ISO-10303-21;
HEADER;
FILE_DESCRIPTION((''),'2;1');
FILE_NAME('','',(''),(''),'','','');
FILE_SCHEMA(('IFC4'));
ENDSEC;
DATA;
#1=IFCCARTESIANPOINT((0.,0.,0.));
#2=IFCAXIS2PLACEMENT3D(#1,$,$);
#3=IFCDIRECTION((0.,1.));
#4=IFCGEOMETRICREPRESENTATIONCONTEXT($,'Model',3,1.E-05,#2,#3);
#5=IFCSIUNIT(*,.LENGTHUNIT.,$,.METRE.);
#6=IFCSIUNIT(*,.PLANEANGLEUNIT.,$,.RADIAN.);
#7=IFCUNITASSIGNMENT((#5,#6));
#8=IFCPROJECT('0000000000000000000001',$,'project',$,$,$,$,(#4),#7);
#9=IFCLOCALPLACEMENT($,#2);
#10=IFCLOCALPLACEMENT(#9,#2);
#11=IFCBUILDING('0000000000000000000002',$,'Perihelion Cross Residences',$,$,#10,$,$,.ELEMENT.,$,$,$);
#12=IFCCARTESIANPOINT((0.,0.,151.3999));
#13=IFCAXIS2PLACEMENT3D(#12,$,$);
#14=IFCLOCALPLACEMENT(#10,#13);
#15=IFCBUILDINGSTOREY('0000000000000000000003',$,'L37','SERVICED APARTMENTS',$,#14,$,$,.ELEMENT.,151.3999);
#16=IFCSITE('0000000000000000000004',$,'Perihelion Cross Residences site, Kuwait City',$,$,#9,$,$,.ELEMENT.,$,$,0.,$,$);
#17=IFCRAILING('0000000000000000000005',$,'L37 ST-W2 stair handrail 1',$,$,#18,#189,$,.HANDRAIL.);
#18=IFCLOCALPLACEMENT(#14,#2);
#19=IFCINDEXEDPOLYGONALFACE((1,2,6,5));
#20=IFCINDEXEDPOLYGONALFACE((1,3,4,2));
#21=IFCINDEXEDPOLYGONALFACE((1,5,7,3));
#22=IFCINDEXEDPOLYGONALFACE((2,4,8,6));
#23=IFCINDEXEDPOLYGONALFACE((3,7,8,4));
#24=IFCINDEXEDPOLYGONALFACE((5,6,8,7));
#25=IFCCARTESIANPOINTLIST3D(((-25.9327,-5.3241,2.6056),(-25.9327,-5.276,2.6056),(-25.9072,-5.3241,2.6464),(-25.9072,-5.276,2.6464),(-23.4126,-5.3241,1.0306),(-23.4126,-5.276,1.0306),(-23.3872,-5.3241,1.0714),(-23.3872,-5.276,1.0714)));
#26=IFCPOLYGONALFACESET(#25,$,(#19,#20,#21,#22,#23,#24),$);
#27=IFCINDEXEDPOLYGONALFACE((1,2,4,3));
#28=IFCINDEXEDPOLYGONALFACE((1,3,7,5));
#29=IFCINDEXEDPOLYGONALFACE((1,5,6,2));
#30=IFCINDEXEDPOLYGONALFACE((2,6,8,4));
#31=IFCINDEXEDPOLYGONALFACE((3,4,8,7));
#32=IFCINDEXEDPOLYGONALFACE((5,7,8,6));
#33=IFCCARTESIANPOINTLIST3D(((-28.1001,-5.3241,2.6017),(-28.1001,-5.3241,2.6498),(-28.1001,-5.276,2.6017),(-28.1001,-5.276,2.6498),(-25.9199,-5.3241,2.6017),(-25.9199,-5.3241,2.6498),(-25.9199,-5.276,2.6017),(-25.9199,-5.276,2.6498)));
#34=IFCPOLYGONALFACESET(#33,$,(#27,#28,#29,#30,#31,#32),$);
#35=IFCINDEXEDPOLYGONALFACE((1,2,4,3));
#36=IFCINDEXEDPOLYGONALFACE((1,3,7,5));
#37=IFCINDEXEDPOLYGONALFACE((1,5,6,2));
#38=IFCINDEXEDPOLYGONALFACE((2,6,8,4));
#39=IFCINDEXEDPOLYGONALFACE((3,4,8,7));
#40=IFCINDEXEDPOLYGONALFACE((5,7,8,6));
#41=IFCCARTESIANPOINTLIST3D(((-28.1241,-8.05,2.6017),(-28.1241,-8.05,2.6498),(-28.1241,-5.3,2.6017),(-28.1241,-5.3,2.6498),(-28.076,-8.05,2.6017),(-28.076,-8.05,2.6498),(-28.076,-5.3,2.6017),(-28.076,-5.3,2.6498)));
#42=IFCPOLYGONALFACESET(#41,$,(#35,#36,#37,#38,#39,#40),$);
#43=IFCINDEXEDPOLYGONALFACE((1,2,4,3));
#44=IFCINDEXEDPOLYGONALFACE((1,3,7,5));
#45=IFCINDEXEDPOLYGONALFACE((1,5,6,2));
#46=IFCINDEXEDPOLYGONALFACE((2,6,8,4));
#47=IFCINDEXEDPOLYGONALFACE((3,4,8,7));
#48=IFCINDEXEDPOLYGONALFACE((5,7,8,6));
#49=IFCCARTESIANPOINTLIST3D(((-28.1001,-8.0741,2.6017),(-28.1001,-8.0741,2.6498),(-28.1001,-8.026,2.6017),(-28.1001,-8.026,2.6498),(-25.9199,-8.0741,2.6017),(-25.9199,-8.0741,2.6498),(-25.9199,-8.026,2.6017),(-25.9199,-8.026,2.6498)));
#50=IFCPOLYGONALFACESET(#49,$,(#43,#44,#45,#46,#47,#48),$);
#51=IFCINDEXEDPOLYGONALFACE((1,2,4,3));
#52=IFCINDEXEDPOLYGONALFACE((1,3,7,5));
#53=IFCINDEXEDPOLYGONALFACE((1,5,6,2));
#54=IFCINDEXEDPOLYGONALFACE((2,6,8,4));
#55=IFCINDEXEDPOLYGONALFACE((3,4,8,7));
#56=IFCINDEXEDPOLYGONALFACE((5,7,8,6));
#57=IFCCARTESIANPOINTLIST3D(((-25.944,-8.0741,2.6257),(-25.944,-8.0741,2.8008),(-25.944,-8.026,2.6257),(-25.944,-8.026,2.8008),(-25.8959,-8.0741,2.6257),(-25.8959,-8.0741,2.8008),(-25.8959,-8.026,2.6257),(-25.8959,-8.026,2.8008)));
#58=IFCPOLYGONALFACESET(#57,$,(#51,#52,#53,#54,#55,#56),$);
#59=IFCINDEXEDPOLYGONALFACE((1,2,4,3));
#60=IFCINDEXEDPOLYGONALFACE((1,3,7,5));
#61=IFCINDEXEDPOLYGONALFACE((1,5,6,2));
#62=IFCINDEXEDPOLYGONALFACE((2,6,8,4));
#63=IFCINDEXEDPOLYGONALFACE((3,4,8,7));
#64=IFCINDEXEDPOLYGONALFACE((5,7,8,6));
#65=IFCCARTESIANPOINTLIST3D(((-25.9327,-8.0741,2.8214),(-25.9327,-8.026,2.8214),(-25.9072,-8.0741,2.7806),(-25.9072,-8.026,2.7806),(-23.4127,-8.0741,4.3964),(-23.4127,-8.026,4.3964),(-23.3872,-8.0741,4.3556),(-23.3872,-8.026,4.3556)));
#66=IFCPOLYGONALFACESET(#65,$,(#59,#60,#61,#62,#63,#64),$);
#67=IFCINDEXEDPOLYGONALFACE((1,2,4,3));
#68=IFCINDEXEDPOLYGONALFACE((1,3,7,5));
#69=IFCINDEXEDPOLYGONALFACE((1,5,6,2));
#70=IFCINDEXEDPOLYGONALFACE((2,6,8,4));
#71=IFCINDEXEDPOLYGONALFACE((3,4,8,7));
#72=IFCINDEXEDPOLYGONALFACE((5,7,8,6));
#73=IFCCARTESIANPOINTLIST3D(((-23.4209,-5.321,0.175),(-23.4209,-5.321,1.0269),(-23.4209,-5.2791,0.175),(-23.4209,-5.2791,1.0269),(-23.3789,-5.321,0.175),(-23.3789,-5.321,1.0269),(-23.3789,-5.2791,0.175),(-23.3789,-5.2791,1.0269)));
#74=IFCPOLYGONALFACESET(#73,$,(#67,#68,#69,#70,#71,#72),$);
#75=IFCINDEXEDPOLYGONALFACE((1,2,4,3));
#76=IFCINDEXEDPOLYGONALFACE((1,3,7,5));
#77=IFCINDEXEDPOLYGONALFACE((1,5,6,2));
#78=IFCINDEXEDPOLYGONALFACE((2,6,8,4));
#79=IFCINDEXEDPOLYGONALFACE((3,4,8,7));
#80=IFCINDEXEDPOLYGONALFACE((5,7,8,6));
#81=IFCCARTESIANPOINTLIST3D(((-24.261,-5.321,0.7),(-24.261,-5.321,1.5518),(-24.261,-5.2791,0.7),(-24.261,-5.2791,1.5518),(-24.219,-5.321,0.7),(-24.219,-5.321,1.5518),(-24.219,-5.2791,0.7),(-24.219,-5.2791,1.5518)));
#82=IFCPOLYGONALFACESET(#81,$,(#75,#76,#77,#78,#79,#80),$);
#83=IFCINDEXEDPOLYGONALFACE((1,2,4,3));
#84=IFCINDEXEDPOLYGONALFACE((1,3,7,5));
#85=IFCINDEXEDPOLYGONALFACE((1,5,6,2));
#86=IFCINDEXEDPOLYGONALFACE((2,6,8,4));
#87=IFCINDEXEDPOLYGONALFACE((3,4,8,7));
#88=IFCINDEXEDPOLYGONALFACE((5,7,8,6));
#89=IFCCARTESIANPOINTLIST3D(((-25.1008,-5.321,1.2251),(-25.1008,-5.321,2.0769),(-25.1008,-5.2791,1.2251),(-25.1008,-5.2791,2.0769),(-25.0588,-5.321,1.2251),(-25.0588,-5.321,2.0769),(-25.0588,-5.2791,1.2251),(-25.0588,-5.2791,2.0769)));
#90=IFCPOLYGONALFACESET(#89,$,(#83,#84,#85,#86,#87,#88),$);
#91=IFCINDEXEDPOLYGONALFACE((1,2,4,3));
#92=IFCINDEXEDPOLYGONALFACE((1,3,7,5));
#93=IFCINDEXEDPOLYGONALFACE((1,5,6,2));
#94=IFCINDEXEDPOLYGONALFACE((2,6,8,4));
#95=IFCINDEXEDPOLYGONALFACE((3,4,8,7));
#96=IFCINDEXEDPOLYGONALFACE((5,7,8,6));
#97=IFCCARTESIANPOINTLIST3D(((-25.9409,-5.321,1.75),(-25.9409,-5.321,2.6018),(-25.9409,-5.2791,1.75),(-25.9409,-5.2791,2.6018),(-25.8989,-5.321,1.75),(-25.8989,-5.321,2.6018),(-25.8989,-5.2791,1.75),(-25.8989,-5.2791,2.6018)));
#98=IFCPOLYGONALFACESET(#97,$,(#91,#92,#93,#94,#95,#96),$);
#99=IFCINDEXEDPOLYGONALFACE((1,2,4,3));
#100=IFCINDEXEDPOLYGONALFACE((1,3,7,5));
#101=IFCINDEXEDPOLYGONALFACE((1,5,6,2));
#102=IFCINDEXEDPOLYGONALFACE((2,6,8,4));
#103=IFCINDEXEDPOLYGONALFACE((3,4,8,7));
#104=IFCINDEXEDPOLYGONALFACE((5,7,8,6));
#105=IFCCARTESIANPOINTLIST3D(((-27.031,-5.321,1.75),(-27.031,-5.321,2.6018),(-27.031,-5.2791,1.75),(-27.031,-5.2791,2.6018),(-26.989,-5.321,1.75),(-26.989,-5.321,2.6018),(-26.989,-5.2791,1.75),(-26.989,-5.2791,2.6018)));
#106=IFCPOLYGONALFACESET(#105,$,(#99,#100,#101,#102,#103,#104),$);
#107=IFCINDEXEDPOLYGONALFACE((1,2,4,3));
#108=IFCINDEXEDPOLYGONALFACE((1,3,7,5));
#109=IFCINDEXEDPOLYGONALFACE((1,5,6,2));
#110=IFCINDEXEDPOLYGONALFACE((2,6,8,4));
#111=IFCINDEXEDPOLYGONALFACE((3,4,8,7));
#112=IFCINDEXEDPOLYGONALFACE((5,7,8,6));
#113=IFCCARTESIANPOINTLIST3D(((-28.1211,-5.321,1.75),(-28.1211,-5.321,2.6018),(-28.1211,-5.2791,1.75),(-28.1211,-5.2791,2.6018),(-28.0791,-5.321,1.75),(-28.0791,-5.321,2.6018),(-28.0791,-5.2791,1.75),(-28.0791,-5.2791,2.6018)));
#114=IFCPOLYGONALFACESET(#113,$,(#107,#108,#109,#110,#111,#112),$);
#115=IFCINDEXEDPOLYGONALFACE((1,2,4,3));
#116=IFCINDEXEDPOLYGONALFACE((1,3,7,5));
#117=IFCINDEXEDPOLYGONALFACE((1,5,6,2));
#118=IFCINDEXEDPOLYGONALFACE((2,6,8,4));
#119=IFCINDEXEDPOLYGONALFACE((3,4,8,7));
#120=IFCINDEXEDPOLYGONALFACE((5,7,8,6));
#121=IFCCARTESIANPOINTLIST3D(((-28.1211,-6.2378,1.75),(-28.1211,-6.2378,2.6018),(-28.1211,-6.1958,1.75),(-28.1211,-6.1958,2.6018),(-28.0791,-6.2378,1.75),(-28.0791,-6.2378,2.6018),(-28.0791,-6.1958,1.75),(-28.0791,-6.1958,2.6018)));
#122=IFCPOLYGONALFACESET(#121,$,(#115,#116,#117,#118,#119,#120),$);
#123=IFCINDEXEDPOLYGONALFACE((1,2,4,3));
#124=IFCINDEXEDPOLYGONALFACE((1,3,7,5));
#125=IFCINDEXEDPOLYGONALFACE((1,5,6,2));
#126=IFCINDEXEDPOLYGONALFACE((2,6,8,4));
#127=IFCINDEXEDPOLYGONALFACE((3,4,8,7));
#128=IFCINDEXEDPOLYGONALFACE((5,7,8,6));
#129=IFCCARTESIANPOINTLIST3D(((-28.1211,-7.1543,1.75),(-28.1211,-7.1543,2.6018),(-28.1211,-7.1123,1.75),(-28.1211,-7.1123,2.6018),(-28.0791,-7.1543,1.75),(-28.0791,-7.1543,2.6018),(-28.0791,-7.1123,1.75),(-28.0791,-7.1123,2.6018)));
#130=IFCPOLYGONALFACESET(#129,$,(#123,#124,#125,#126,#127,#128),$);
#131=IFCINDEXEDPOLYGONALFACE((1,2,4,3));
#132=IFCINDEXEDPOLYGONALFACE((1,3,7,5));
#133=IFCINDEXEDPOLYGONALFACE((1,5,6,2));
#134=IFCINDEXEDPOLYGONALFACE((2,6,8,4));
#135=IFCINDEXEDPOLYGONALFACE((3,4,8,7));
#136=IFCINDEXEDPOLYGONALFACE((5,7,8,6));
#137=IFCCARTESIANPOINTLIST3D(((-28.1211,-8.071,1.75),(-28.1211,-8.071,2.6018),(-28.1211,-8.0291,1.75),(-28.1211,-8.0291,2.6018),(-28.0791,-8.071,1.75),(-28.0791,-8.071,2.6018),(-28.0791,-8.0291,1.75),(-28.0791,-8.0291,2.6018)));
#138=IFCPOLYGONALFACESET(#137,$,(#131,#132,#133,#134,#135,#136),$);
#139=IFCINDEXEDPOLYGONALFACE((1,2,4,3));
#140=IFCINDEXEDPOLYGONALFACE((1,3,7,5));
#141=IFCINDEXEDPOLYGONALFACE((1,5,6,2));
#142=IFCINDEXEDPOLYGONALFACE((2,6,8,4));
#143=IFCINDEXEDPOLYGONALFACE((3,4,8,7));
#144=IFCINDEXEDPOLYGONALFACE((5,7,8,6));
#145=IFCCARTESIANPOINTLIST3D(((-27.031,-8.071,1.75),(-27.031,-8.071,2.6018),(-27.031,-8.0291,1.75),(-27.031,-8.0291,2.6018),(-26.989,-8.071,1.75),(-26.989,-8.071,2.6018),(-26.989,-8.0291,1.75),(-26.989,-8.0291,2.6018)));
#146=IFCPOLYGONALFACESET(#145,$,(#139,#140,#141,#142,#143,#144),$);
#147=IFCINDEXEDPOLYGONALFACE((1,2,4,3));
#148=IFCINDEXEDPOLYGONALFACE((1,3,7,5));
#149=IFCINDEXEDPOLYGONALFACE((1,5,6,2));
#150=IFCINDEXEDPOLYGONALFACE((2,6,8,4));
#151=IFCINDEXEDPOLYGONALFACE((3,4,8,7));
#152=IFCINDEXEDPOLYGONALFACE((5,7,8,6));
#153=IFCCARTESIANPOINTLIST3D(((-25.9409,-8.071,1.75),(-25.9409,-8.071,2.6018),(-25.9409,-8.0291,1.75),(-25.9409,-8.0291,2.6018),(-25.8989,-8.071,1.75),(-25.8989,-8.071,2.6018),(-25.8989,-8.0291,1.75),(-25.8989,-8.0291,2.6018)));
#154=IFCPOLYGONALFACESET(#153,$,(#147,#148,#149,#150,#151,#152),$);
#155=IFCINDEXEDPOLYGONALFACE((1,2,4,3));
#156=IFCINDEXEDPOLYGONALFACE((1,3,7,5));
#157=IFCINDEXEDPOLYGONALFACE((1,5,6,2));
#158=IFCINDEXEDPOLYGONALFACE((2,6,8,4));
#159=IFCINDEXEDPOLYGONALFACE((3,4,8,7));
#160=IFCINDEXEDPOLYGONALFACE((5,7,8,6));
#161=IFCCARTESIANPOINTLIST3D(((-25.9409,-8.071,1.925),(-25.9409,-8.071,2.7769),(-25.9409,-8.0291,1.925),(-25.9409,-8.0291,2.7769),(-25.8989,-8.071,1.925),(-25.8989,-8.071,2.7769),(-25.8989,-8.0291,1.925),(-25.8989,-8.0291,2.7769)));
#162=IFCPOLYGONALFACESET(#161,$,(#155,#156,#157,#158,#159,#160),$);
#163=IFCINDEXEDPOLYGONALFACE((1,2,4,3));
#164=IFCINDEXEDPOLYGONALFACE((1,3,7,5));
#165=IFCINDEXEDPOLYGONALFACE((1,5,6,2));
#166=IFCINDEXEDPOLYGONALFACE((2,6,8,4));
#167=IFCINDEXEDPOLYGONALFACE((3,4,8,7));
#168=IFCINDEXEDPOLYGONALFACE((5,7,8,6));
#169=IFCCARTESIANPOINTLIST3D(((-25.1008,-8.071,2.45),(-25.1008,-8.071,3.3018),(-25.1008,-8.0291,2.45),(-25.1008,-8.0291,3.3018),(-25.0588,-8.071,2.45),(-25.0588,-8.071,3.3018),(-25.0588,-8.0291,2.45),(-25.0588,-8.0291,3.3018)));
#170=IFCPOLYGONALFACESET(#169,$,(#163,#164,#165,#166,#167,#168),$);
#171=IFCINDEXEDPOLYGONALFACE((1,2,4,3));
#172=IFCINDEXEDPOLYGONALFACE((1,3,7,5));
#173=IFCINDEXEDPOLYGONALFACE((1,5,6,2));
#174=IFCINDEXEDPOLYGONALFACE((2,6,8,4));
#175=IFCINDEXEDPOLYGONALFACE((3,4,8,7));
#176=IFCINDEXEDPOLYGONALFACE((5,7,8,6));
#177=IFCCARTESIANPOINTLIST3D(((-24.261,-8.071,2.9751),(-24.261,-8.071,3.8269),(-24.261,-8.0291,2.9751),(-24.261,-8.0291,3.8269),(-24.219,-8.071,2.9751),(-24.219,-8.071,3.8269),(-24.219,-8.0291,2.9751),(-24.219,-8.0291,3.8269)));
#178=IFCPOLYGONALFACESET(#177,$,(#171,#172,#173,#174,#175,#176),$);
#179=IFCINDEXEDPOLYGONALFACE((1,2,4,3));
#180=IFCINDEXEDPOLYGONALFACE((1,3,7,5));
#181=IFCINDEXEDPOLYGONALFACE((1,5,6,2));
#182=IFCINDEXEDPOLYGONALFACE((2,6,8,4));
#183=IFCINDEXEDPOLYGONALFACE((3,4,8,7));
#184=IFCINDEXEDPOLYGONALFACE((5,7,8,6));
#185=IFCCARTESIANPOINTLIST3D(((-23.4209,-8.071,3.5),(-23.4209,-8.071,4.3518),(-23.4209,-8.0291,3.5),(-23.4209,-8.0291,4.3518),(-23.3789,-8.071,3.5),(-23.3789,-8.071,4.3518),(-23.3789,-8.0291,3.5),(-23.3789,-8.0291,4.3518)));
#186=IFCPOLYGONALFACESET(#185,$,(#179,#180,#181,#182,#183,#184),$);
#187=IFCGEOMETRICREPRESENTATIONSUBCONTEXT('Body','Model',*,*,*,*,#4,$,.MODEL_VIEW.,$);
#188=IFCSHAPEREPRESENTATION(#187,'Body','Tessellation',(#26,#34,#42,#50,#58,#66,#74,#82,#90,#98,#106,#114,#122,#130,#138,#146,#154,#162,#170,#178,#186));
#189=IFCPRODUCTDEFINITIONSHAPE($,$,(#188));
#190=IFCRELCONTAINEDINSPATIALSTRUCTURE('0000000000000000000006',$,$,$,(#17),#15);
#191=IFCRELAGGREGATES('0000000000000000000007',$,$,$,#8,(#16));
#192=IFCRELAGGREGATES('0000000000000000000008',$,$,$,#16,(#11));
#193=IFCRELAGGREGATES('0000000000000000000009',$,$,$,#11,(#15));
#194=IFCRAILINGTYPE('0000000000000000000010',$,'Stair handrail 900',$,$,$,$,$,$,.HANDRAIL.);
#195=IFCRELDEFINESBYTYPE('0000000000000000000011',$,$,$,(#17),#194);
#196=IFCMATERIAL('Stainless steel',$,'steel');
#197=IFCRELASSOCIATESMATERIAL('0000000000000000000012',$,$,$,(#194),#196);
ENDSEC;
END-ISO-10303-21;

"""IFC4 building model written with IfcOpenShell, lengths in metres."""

from ifc_helpers import new_model, si_unit, direction, frame, origin, origin_2d, place, context, subcontext, project, spatial, rectangle, extrude, material, type_object, element, save


model = new_model("IFC4")

# Units and contexts
model_context = context("Model", 3, precision=1e-05, world=origin(), true_north=direction((0.0, 1.0)))
body_context = subcontext(model_context, "Body", "Model", "MODEL_VIEW")
ifc_project = project(units=[si_unit("LENGTHUNIT", "METRE"), si_unit("PLANEANGLEUNIT", "RADIAN")], contexts=[model_context])

# Site, building, storey
site_placement = place(None, origin())
site = spatial("IfcSite", under=ifc_project, at=site_placement, Name="Perihelion Cross Residences site, Kuwait City", CompositionType="ELEMENT", RefElevation=0.0)
building_placement = place(site_placement, origin())
building = spatial("IfcBuilding", under=site, at=building_placement, Name="Perihelion Cross Residences", CompositionType="ELEMENT")
storey_placement = place(building_placement, frame((0.0, 0.0, 151.3999)))
storey = spatial("IfcBuildingStorey", under=building, at=storey_placement, Name="L37", Description="SERVICED APARTMENTS", CompositionType="ELEMENT", Elevation=151.3999)

# Railing
ifc_material_1 = material(Name="Stainless steel", Category="steel")
railing_type_1 = type_object("IfcRailingType", Name="Stair handrail 900", PredefinedType="HANDRAIL", material=ifc_material_1)
railing_1_placement = place(storey_placement, frame((-23.3999, -5.3, 0.175)))
element("IfcRailing", 1, at=railing_1_placement, inside=storey, type_object=railing_type_1, Name="L37 ST-W2 stair handrail 1", PredefinedType="HANDRAIL", context=body_context, shape_type="SweptSolid", body=[
    extrude(rectangle(XDim=0.0481, YDim=0.0481, at=origin_2d()), frame((0.0, 0.0, 0.876), z_axis=(-0.848008, 0.0, 0.529984), x_axis=(0.0, -1.0, 0.0)), (0.0, 0.0, 1.0), 2.9717),
    extrude(rectangle(XDim=0.0481, YDim=0.0481, at=origin_2d()), frame((-2.52, 0.0, 2.4507), z_axis=(-1.0, 0.0, 0.0), x_axis=(0.0, -1.0, 0.0)), (0.0, 0.0, 1.0), 2.1802),
    extrude(rectangle(XDim=0.0481, YDim=0.0481, at=origin_2d()), frame((-4.7002, 0.0, 2.4507), z_axis=(0.0, -1.0, 0.0), x_axis=(1.0, 0.0, 0.0)), (0.0, 0.0, 1.0), 2.75),
    extrude(rectangle(XDim=0.0481, YDim=0.0481, at=origin_2d()), frame((-4.7002, -2.75, 2.4507), z_axis=(1.0, 0.0, 0.0), x_axis=(0.0, 1.0, 0.0)), (0.0, 0.0, 1.0), 2.1802),
    extrude(rectangle(XDim=0.0481, YDim=0.0481, at=origin_2d()), frame((-2.52, -2.75, 2.4507), z_axis=(0.0, 0.0, 1.0), x_axis=(1.0, 0.0, 0.0)), (0.0, 0.0, 1.0), 0.175),
    extrude(rectangle(XDim=0.0481, YDim=0.0481, at=origin_2d()), frame((-2.52, -2.75, 2.626), z_axis=(0.848008, 0.0, 0.529984), x_axis=(0.0, 1.0, 0.0)), (0.0, 0.0, 1.0), 2.9717),
    extrude(rectangle(XDim=0.042, YDim=0.042, at=origin_2d()), origin(), (0.0, 0.0, 1.0), 0.8518),
    extrude(rectangle(XDim=0.042, YDim=0.042, at=origin_2d()), frame((-0.8401, 0.0, 0.5249)), (0.0, 0.0, 1.0), 0.8518),
    extrude(rectangle(XDim=0.042, YDim=0.042, at=origin_2d()), frame((-1.6799, 0.0, 1.05)), (0.0, 0.0, 1.0), 0.8518),
    extrude(rectangle(XDim=0.042, YDim=0.042, at=origin_2d()), frame((-2.52, 0.0, 1.575)), (0.0, 0.0, 1.0), 0.8518),
    extrude(rectangle(XDim=0.042, YDim=0.042, at=origin_2d()), frame((-3.6101, 0.0, 1.575)), (0.0, 0.0, 1.0), 0.8518),
    extrude(rectangle(XDim=0.042, YDim=0.042, at=origin_2d()), frame((-4.7002, 0.0, 1.575)), (0.0, 0.0, 1.0), 0.8518),
    extrude(rectangle(XDim=0.042, YDim=0.042, at=origin_2d()), frame((-4.7002, -0.9167, 1.575)), (0.0, 0.0, 1.0), 0.8518),
    extrude(rectangle(XDim=0.042, YDim=0.042, at=origin_2d()), frame((-4.7002, -1.8333, 1.575)), (0.0, 0.0, 1.0), 0.8518),
    extrude(rectangle(XDim=0.042, YDim=0.042, at=origin_2d()), frame((-4.7002, -2.75, 1.575)), (0.0, 0.0, 1.0), 0.8518),
    extrude(rectangle(XDim=0.042, YDim=0.042, at=origin_2d()), frame((-3.6101, -2.75, 1.575)), (0.0, 0.0, 1.0), 0.8518),
    extrude(rectangle(XDim=0.042, YDim=0.042, at=origin_2d()), frame((-2.52, -2.75, 1.575)), (0.0, 0.0, 1.0), 0.8518),
    extrude(rectangle(XDim=0.042, YDim=0.042, at=origin_2d()), frame((-2.52, -2.75, 1.75)), (0.0, 0.0, 1.0), 0.8518),
    extrude(rectangle(XDim=0.042, YDim=0.042, at=origin_2d()), frame((-1.6799, -2.75, 2.2749)), (0.0, 0.0, 1.0), 0.8518),
    extrude(rectangle(XDim=0.042, YDim=0.042, at=origin_2d()), frame((-0.8401, -2.75, 2.8)), (0.0, 0.0, 1.0), 0.8518),
    extrude(rectangle(XDim=0.042, YDim=0.042, at=origin_2d()), frame((0.0, -2.75, 3.325)), (0.0, 0.0, 1.0), 0.8518),
])

save(model, "model.ifc")
